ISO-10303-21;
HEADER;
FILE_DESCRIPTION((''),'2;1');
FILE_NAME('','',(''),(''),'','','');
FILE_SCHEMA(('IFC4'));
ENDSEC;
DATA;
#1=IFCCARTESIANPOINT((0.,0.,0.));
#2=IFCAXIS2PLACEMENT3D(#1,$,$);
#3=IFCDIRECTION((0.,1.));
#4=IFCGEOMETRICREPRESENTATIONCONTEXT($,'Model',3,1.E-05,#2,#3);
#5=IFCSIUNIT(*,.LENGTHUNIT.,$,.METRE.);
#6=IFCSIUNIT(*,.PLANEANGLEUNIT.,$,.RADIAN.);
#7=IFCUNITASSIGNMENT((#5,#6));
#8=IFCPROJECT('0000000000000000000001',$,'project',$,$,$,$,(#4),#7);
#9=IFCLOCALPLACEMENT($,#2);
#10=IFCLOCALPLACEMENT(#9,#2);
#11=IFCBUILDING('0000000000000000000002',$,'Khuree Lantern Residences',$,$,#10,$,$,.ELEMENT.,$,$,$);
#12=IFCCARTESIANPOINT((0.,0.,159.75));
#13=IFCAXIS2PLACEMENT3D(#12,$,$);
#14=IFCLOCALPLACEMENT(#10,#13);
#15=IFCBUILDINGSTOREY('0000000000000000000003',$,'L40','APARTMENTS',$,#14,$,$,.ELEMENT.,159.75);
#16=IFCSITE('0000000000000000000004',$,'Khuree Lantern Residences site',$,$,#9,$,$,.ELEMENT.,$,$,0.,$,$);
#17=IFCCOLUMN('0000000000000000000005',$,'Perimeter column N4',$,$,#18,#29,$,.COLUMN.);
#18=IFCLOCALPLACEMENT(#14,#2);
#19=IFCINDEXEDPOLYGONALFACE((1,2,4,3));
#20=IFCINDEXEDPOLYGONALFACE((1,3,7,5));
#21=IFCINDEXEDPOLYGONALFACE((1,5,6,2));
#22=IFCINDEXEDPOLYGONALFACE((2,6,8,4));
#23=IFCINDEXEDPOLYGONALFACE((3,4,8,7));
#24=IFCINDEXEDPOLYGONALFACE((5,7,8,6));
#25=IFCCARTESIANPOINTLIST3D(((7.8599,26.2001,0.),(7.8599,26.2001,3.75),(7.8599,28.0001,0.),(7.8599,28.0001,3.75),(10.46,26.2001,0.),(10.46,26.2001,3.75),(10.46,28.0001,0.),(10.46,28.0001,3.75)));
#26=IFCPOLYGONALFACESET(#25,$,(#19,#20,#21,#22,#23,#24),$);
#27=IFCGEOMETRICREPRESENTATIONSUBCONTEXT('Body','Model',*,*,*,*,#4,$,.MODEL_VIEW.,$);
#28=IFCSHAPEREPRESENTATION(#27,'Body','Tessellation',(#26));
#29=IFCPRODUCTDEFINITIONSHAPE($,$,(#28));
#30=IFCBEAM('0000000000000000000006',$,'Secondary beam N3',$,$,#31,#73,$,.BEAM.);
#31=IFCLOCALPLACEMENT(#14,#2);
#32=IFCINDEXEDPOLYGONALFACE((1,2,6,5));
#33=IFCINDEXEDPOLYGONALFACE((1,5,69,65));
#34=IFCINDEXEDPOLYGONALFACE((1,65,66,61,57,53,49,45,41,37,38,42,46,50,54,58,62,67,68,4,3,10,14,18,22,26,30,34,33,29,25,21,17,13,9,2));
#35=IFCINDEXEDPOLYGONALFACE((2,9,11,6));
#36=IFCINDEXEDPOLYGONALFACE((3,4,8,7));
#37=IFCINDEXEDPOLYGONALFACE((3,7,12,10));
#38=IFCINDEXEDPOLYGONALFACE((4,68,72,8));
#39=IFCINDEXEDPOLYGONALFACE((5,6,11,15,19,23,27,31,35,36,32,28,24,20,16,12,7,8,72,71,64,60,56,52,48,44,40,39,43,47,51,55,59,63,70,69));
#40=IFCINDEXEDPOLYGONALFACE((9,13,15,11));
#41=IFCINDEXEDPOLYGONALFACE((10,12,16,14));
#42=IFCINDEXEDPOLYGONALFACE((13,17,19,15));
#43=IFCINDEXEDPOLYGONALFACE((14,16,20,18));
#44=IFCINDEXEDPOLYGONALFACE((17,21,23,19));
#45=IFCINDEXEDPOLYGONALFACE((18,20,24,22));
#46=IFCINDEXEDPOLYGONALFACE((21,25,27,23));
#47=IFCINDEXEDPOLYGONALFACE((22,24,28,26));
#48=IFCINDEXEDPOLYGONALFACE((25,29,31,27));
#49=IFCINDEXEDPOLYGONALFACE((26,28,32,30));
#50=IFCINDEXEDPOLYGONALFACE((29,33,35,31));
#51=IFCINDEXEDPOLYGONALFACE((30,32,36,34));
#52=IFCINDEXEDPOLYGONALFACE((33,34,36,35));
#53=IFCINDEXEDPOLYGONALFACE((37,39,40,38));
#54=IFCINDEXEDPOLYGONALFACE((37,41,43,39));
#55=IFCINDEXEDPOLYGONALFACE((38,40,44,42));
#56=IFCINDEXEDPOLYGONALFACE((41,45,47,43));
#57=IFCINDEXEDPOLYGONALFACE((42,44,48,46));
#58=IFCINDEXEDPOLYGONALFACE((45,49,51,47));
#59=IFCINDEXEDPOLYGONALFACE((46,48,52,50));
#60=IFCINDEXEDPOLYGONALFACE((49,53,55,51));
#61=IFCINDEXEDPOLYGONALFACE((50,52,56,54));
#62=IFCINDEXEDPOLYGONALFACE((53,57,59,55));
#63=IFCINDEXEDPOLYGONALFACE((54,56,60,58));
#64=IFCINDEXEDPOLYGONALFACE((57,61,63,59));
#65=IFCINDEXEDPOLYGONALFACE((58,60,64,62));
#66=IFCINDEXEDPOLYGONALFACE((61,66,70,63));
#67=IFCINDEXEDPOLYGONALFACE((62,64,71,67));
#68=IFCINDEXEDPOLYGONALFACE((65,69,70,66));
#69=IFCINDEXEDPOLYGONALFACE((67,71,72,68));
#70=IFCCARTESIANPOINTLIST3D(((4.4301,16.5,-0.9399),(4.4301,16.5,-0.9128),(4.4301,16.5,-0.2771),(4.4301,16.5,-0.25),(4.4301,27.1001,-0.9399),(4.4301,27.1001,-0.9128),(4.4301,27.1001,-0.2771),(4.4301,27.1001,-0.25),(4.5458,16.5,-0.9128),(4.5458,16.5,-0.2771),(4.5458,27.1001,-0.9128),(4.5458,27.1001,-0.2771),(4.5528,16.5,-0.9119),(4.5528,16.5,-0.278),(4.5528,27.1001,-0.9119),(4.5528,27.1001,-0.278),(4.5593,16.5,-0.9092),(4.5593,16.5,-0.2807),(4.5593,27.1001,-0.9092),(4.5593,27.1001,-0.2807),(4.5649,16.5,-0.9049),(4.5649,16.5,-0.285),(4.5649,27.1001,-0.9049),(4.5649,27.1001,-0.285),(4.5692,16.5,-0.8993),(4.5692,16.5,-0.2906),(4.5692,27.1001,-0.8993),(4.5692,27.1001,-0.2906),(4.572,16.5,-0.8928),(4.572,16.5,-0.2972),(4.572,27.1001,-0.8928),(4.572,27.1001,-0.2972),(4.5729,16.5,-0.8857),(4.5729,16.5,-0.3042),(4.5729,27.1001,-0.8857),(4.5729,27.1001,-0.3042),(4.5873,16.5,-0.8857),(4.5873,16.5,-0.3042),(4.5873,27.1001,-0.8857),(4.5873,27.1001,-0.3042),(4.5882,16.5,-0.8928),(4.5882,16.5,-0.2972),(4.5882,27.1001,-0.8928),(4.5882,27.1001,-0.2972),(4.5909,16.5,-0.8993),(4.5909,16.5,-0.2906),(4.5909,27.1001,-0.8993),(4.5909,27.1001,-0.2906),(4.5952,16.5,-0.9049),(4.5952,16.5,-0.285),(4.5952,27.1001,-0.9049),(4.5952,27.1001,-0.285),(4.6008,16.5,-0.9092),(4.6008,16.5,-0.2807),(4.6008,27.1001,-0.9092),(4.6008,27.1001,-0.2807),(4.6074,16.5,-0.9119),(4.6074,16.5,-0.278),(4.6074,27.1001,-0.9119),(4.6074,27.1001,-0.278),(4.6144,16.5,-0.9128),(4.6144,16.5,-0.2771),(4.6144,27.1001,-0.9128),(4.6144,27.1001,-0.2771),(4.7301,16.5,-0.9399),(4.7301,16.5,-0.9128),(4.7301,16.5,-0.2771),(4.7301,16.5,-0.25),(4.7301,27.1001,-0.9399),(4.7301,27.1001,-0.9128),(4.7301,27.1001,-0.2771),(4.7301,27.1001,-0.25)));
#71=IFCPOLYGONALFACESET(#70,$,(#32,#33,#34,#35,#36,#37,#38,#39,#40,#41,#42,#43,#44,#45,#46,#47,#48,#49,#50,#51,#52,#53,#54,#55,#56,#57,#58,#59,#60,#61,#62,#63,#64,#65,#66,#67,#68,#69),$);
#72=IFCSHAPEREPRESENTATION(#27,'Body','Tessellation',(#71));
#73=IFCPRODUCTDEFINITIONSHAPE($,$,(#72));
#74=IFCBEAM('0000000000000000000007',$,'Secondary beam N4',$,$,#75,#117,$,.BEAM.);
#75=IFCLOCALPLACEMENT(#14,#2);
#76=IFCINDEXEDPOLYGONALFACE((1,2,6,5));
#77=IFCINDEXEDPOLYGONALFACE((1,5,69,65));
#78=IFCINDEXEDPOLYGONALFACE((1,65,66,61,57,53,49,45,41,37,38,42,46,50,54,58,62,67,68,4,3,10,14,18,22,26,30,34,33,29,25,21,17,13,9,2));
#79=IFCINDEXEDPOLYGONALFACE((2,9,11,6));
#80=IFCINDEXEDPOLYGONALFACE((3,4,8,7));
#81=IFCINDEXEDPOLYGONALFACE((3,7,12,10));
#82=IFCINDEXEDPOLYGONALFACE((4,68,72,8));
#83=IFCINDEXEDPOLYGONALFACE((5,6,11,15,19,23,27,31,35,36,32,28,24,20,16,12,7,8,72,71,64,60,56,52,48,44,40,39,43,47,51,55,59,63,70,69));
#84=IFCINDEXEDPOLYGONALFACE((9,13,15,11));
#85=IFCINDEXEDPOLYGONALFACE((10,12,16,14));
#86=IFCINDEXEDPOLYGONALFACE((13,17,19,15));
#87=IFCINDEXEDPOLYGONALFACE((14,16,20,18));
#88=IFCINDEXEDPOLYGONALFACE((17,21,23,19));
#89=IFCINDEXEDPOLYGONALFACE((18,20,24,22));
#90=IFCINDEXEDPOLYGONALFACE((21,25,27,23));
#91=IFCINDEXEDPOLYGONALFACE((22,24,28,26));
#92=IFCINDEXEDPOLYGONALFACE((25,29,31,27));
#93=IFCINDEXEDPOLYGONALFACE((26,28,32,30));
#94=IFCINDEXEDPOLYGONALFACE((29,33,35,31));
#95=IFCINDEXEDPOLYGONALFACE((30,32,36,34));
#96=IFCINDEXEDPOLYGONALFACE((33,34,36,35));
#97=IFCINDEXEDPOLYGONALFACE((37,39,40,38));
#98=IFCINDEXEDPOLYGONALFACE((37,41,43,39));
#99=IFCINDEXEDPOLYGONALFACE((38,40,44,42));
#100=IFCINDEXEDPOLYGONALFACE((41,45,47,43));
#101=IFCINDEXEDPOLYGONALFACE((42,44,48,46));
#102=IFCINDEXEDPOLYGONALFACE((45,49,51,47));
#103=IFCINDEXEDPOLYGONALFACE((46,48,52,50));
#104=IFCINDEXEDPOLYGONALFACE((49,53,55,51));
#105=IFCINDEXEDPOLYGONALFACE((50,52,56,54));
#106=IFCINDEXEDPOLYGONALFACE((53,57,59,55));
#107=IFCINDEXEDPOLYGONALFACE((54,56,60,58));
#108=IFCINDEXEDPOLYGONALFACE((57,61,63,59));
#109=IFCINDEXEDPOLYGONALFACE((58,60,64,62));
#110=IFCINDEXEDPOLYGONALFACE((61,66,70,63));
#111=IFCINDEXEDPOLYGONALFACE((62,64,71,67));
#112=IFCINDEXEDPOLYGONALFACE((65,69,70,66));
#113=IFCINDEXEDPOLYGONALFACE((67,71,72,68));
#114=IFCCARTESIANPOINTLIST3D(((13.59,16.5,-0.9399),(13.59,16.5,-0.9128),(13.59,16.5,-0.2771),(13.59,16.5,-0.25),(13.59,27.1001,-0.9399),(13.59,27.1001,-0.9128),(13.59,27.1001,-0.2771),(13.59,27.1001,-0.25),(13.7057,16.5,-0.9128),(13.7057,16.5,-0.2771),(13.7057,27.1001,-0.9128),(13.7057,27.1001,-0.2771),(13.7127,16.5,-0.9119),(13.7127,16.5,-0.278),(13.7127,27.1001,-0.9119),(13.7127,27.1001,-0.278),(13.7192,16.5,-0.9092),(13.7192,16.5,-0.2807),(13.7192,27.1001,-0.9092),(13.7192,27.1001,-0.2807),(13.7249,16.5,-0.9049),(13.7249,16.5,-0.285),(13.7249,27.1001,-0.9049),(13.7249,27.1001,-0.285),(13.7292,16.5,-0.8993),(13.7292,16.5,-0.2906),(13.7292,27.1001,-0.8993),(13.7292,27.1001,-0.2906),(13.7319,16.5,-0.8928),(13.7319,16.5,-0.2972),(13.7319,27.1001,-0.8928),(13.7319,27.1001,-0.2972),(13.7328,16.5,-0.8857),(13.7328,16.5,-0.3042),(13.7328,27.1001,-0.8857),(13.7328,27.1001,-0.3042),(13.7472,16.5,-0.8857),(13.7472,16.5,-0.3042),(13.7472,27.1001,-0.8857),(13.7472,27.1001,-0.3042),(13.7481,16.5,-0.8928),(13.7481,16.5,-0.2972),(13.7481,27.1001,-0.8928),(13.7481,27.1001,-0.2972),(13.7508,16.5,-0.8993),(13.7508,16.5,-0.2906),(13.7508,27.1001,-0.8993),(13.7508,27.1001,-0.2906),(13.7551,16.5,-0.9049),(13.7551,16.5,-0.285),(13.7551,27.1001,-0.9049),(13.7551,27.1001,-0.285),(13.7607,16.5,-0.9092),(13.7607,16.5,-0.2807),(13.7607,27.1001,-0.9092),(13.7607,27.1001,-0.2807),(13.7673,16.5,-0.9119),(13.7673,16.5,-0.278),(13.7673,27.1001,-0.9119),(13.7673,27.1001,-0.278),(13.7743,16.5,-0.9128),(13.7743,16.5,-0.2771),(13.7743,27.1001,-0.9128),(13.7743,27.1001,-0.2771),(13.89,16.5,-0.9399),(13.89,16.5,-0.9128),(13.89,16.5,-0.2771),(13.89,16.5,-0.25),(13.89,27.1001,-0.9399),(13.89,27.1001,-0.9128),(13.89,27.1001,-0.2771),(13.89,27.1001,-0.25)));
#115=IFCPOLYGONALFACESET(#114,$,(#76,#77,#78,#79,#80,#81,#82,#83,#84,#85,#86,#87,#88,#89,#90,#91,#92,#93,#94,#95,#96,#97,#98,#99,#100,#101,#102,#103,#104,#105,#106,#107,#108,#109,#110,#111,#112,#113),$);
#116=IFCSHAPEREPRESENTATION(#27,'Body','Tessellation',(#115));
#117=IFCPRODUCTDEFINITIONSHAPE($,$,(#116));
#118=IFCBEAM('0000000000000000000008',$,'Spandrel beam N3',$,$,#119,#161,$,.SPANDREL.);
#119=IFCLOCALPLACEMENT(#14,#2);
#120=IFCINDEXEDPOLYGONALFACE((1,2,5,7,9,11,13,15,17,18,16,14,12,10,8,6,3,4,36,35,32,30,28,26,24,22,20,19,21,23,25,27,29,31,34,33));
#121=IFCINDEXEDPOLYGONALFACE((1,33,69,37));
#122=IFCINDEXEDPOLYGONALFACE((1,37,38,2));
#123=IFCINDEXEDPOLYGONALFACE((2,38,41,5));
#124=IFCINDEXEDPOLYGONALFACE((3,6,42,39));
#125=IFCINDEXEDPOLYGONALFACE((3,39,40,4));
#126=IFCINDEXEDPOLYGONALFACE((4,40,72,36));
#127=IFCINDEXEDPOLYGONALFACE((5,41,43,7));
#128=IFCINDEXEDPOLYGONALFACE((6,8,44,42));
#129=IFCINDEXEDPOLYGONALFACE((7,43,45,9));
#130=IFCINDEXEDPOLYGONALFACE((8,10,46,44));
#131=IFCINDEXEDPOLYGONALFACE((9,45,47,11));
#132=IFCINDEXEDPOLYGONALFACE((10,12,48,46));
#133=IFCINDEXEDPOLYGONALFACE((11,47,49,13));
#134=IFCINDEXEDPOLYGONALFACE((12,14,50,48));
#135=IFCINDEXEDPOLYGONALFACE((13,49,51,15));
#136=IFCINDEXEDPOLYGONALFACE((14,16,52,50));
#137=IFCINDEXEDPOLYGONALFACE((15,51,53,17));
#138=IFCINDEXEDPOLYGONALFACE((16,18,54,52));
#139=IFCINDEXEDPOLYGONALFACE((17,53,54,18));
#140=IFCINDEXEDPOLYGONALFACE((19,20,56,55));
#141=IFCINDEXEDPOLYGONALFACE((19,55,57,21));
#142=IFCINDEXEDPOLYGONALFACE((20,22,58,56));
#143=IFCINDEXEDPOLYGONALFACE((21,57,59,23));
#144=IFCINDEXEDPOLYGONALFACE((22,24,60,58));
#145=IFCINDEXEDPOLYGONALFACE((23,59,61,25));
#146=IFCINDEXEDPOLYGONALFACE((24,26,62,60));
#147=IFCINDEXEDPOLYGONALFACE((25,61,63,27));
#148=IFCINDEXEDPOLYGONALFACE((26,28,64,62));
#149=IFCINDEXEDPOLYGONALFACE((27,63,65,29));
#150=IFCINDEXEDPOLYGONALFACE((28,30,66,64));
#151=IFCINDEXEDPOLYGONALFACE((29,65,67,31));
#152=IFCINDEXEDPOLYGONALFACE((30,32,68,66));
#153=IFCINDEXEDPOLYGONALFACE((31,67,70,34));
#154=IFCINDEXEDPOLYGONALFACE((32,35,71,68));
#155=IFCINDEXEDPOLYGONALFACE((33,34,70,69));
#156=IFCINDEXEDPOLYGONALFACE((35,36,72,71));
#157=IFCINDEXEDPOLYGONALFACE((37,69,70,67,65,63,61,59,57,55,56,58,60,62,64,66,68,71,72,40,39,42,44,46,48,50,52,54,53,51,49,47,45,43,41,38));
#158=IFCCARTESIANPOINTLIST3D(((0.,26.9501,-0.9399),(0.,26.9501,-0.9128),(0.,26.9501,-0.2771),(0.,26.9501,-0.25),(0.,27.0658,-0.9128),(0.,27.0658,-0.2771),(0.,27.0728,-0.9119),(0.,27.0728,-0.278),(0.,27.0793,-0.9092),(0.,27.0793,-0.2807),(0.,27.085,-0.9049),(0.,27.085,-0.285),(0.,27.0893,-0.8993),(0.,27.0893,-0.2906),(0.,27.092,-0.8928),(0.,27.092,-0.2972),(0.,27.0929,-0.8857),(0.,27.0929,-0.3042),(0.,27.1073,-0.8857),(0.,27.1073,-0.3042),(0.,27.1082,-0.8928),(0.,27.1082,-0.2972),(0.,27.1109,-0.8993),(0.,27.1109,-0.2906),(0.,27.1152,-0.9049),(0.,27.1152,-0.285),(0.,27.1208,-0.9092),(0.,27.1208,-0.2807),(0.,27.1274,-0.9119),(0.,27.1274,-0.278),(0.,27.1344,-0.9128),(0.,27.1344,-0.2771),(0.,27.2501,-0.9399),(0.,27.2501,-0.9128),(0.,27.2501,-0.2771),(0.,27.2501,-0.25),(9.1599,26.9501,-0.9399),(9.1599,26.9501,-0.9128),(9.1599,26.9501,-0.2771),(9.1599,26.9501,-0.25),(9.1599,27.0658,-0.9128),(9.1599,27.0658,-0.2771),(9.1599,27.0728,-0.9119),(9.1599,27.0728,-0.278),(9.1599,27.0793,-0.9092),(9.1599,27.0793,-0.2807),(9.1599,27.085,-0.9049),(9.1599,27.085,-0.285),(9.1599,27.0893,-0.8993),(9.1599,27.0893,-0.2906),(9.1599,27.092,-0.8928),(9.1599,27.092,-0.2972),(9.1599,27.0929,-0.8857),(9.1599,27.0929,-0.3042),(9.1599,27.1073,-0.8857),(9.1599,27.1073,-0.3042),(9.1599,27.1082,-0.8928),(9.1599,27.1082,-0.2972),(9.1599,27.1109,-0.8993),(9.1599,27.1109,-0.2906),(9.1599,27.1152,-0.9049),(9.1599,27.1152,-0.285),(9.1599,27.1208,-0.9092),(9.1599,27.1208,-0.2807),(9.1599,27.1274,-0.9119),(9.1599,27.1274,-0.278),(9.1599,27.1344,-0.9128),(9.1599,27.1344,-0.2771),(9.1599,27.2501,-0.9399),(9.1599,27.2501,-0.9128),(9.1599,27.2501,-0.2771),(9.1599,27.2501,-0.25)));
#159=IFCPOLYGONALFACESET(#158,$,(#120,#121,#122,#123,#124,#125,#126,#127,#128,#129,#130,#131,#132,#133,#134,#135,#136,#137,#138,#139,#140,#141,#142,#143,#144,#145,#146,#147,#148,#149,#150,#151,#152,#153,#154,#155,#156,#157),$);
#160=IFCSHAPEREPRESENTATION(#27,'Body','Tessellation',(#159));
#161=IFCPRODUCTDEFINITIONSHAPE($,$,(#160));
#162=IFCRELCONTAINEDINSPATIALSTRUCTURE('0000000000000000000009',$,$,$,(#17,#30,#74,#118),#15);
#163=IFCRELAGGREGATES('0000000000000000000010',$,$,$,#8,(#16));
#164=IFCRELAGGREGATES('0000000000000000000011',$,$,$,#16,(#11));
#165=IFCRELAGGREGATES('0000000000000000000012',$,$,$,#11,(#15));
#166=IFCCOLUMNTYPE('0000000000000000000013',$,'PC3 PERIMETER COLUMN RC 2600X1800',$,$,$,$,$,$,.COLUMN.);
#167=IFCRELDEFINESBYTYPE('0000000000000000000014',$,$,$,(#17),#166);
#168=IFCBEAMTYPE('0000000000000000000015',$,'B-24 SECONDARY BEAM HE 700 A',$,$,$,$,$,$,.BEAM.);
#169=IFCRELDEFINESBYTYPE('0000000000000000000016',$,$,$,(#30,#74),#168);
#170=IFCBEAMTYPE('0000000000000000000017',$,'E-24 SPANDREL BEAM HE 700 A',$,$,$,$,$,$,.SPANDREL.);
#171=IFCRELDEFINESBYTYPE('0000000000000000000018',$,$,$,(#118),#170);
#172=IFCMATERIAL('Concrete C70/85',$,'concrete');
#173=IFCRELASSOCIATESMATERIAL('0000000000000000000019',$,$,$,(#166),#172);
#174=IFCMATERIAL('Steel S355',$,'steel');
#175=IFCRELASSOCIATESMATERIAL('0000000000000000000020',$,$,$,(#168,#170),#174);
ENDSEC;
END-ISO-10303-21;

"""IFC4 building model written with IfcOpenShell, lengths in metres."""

from ifc_helpers import new_model, si_unit, direction, frame, origin, origin_2d, place, context, subcontext, project, spatial, rectangle, i_section, extrude, material, material_profile, profile_set, type_object, element, save


model = new_model("IFC4")

# Units and contexts
model_context = context("Model", 3, precision=1e-05, world=origin(), true_north=direction((0.0, 1.0)))
body_context = subcontext(model_context, "Body", "Model", "MODEL_VIEW")
ifc_project = project(units=[si_unit("LENGTHUNIT", "METRE"), si_unit("PLANEANGLEUNIT", "RADIAN")], contexts=[model_context])

# Site, building, storey
site_placement = place(None, origin())
site = spatial("IfcSite", under=ifc_project, at=site_placement, Name="Khuree Lantern Residences site", CompositionType="ELEMENT", RefElevation=0.0)
building_placement = place(site_placement, origin())
building = spatial("IfcBuilding", under=site, at=building_placement, Name="Khuree Lantern Residences", CompositionType="ELEMENT")
storey_placement = place(building_placement, frame((0.0, 0.0, 159.75)))
storey = spatial("IfcBuildingStorey", under=building, at=storey_placement, Name="L40", Description="APARTMENTS", CompositionType="ELEMENT", Elevation=159.75)

# Column
ifc_material_1 = material(Name="Concrete C70/85", Category="concrete")
ifc_material_profile_1 = material_profile(ifc_material_1, rectangle(XDim=2.6001, YDim=1.8, at=origin_2d()), Name="RC 2600X1800")
ifc_profile_set_1 = profile_set([ifc_material_profile_1], Name="Concrete C70/85")
column_type = type_object("IfcColumnType", Name="PC3 PERIMETER COLUMN RC 2600X1800", PredefinedType="COLUMN", material=ifc_profile_set_1)
column_placement = place(storey_placement, frame((9.1599, 27.1001, 0.0), z_axis=(0.0, 0.0, 1.0), x_axis=(1.0, 0.0, 0.0)))
element("IfcColumn", 1, at=column_placement, inside=storey, type_object=column_type, Name="Perimeter column N4", PredefinedType="COLUMN", context=body_context, shape_type="SweptSolid", body=[
    extrude(rectangle(XDim=2.6001, YDim=1.8, at=origin_2d()), origin(), (0.0, 0.0, 1.0), 3.75),
])

# Beams
ifc_material_2 = material(Name="Steel S355", Category="steel")
ifc_material_profile_2 = material_profile(ifc_material_2, i_section(OverallWidth=0.3, OverallDepth=0.6899, WebThickness=0.0144, FlangeThickness=0.0271, FilletRadius=0.0271, at=origin_2d()), Name="HE 700 A")
ifc_profile_set_2 = profile_set([ifc_material_profile_2], Name="Steel S355")
beam_type_1 = type_object("IfcBeamType", Name="B-24 SECONDARY BEAM HE 700 A", PredefinedType="BEAM", material=ifc_profile_set_2)
for number, where, z_axis, x_axis, name in (
    (2, (4.5801, 27.1001, -0.595), (0.0, -1.0, 0.0), (1.0, 0.0, 0.0), "Secondary beam N3"),
    (3, (13.74, 27.1001, -0.595), (0.0, -1.0, 0.0), (1.0, 0.0, 0.0), "Secondary beam N4"),
):
    element("IfcBeam", number, at=place(storey_placement, frame(where, z_axis=z_axis, x_axis=x_axis)), inside=storey, type_object=beam_type_1, Name=name, PredefinedType="BEAM", context=body_context, shape_type="SweptSolid", body=[
        extrude(i_section(OverallWidth=0.3, OverallDepth=0.6899, WebThickness=0.0144, FlangeThickness=0.0271, FilletRadius=0.0271, at=origin_2d()), origin(), (0.0, 0.0, 1.0), 10.6001),
    ])
ifc_material_profile_3 = material_profile(ifc_material_2, i_section(OverallWidth=0.3, OverallDepth=0.6899, WebThickness=0.0144, FlangeThickness=0.0271, FilletRadius=0.0271, at=origin_2d()), Name="HE 700 A")
ifc_profile_set_3 = profile_set([ifc_material_profile_3], Name="Steel S355")
beam_type_2 = type_object("IfcBeamType", Name="E-24 SPANDREL BEAM HE 700 A", PredefinedType="SPANDREL", material=ifc_profile_set_3)
beam_1_placement = place(storey_placement, frame((0.0, 27.1001, -0.595), z_axis=(1.0, 0.0, 0.0), x_axis=(0.0, 1.0, 0.0)))
element("IfcBeam", 4, at=beam_1_placement, inside=storey, type_object=beam_type_2, Name="Spandrel beam N3", PredefinedType="SPANDREL", context=body_context, shape_type="SweptSolid", body=[
    extrude(i_section(OverallWidth=0.3, OverallDepth=0.6899, WebThickness=0.0144, FlangeThickness=0.0271, FilletRadius=0.0271, at=origin_2d()), origin(), (0.0, 0.0, 1.0), 9.1599),
])

save(model, "model.ifc")
